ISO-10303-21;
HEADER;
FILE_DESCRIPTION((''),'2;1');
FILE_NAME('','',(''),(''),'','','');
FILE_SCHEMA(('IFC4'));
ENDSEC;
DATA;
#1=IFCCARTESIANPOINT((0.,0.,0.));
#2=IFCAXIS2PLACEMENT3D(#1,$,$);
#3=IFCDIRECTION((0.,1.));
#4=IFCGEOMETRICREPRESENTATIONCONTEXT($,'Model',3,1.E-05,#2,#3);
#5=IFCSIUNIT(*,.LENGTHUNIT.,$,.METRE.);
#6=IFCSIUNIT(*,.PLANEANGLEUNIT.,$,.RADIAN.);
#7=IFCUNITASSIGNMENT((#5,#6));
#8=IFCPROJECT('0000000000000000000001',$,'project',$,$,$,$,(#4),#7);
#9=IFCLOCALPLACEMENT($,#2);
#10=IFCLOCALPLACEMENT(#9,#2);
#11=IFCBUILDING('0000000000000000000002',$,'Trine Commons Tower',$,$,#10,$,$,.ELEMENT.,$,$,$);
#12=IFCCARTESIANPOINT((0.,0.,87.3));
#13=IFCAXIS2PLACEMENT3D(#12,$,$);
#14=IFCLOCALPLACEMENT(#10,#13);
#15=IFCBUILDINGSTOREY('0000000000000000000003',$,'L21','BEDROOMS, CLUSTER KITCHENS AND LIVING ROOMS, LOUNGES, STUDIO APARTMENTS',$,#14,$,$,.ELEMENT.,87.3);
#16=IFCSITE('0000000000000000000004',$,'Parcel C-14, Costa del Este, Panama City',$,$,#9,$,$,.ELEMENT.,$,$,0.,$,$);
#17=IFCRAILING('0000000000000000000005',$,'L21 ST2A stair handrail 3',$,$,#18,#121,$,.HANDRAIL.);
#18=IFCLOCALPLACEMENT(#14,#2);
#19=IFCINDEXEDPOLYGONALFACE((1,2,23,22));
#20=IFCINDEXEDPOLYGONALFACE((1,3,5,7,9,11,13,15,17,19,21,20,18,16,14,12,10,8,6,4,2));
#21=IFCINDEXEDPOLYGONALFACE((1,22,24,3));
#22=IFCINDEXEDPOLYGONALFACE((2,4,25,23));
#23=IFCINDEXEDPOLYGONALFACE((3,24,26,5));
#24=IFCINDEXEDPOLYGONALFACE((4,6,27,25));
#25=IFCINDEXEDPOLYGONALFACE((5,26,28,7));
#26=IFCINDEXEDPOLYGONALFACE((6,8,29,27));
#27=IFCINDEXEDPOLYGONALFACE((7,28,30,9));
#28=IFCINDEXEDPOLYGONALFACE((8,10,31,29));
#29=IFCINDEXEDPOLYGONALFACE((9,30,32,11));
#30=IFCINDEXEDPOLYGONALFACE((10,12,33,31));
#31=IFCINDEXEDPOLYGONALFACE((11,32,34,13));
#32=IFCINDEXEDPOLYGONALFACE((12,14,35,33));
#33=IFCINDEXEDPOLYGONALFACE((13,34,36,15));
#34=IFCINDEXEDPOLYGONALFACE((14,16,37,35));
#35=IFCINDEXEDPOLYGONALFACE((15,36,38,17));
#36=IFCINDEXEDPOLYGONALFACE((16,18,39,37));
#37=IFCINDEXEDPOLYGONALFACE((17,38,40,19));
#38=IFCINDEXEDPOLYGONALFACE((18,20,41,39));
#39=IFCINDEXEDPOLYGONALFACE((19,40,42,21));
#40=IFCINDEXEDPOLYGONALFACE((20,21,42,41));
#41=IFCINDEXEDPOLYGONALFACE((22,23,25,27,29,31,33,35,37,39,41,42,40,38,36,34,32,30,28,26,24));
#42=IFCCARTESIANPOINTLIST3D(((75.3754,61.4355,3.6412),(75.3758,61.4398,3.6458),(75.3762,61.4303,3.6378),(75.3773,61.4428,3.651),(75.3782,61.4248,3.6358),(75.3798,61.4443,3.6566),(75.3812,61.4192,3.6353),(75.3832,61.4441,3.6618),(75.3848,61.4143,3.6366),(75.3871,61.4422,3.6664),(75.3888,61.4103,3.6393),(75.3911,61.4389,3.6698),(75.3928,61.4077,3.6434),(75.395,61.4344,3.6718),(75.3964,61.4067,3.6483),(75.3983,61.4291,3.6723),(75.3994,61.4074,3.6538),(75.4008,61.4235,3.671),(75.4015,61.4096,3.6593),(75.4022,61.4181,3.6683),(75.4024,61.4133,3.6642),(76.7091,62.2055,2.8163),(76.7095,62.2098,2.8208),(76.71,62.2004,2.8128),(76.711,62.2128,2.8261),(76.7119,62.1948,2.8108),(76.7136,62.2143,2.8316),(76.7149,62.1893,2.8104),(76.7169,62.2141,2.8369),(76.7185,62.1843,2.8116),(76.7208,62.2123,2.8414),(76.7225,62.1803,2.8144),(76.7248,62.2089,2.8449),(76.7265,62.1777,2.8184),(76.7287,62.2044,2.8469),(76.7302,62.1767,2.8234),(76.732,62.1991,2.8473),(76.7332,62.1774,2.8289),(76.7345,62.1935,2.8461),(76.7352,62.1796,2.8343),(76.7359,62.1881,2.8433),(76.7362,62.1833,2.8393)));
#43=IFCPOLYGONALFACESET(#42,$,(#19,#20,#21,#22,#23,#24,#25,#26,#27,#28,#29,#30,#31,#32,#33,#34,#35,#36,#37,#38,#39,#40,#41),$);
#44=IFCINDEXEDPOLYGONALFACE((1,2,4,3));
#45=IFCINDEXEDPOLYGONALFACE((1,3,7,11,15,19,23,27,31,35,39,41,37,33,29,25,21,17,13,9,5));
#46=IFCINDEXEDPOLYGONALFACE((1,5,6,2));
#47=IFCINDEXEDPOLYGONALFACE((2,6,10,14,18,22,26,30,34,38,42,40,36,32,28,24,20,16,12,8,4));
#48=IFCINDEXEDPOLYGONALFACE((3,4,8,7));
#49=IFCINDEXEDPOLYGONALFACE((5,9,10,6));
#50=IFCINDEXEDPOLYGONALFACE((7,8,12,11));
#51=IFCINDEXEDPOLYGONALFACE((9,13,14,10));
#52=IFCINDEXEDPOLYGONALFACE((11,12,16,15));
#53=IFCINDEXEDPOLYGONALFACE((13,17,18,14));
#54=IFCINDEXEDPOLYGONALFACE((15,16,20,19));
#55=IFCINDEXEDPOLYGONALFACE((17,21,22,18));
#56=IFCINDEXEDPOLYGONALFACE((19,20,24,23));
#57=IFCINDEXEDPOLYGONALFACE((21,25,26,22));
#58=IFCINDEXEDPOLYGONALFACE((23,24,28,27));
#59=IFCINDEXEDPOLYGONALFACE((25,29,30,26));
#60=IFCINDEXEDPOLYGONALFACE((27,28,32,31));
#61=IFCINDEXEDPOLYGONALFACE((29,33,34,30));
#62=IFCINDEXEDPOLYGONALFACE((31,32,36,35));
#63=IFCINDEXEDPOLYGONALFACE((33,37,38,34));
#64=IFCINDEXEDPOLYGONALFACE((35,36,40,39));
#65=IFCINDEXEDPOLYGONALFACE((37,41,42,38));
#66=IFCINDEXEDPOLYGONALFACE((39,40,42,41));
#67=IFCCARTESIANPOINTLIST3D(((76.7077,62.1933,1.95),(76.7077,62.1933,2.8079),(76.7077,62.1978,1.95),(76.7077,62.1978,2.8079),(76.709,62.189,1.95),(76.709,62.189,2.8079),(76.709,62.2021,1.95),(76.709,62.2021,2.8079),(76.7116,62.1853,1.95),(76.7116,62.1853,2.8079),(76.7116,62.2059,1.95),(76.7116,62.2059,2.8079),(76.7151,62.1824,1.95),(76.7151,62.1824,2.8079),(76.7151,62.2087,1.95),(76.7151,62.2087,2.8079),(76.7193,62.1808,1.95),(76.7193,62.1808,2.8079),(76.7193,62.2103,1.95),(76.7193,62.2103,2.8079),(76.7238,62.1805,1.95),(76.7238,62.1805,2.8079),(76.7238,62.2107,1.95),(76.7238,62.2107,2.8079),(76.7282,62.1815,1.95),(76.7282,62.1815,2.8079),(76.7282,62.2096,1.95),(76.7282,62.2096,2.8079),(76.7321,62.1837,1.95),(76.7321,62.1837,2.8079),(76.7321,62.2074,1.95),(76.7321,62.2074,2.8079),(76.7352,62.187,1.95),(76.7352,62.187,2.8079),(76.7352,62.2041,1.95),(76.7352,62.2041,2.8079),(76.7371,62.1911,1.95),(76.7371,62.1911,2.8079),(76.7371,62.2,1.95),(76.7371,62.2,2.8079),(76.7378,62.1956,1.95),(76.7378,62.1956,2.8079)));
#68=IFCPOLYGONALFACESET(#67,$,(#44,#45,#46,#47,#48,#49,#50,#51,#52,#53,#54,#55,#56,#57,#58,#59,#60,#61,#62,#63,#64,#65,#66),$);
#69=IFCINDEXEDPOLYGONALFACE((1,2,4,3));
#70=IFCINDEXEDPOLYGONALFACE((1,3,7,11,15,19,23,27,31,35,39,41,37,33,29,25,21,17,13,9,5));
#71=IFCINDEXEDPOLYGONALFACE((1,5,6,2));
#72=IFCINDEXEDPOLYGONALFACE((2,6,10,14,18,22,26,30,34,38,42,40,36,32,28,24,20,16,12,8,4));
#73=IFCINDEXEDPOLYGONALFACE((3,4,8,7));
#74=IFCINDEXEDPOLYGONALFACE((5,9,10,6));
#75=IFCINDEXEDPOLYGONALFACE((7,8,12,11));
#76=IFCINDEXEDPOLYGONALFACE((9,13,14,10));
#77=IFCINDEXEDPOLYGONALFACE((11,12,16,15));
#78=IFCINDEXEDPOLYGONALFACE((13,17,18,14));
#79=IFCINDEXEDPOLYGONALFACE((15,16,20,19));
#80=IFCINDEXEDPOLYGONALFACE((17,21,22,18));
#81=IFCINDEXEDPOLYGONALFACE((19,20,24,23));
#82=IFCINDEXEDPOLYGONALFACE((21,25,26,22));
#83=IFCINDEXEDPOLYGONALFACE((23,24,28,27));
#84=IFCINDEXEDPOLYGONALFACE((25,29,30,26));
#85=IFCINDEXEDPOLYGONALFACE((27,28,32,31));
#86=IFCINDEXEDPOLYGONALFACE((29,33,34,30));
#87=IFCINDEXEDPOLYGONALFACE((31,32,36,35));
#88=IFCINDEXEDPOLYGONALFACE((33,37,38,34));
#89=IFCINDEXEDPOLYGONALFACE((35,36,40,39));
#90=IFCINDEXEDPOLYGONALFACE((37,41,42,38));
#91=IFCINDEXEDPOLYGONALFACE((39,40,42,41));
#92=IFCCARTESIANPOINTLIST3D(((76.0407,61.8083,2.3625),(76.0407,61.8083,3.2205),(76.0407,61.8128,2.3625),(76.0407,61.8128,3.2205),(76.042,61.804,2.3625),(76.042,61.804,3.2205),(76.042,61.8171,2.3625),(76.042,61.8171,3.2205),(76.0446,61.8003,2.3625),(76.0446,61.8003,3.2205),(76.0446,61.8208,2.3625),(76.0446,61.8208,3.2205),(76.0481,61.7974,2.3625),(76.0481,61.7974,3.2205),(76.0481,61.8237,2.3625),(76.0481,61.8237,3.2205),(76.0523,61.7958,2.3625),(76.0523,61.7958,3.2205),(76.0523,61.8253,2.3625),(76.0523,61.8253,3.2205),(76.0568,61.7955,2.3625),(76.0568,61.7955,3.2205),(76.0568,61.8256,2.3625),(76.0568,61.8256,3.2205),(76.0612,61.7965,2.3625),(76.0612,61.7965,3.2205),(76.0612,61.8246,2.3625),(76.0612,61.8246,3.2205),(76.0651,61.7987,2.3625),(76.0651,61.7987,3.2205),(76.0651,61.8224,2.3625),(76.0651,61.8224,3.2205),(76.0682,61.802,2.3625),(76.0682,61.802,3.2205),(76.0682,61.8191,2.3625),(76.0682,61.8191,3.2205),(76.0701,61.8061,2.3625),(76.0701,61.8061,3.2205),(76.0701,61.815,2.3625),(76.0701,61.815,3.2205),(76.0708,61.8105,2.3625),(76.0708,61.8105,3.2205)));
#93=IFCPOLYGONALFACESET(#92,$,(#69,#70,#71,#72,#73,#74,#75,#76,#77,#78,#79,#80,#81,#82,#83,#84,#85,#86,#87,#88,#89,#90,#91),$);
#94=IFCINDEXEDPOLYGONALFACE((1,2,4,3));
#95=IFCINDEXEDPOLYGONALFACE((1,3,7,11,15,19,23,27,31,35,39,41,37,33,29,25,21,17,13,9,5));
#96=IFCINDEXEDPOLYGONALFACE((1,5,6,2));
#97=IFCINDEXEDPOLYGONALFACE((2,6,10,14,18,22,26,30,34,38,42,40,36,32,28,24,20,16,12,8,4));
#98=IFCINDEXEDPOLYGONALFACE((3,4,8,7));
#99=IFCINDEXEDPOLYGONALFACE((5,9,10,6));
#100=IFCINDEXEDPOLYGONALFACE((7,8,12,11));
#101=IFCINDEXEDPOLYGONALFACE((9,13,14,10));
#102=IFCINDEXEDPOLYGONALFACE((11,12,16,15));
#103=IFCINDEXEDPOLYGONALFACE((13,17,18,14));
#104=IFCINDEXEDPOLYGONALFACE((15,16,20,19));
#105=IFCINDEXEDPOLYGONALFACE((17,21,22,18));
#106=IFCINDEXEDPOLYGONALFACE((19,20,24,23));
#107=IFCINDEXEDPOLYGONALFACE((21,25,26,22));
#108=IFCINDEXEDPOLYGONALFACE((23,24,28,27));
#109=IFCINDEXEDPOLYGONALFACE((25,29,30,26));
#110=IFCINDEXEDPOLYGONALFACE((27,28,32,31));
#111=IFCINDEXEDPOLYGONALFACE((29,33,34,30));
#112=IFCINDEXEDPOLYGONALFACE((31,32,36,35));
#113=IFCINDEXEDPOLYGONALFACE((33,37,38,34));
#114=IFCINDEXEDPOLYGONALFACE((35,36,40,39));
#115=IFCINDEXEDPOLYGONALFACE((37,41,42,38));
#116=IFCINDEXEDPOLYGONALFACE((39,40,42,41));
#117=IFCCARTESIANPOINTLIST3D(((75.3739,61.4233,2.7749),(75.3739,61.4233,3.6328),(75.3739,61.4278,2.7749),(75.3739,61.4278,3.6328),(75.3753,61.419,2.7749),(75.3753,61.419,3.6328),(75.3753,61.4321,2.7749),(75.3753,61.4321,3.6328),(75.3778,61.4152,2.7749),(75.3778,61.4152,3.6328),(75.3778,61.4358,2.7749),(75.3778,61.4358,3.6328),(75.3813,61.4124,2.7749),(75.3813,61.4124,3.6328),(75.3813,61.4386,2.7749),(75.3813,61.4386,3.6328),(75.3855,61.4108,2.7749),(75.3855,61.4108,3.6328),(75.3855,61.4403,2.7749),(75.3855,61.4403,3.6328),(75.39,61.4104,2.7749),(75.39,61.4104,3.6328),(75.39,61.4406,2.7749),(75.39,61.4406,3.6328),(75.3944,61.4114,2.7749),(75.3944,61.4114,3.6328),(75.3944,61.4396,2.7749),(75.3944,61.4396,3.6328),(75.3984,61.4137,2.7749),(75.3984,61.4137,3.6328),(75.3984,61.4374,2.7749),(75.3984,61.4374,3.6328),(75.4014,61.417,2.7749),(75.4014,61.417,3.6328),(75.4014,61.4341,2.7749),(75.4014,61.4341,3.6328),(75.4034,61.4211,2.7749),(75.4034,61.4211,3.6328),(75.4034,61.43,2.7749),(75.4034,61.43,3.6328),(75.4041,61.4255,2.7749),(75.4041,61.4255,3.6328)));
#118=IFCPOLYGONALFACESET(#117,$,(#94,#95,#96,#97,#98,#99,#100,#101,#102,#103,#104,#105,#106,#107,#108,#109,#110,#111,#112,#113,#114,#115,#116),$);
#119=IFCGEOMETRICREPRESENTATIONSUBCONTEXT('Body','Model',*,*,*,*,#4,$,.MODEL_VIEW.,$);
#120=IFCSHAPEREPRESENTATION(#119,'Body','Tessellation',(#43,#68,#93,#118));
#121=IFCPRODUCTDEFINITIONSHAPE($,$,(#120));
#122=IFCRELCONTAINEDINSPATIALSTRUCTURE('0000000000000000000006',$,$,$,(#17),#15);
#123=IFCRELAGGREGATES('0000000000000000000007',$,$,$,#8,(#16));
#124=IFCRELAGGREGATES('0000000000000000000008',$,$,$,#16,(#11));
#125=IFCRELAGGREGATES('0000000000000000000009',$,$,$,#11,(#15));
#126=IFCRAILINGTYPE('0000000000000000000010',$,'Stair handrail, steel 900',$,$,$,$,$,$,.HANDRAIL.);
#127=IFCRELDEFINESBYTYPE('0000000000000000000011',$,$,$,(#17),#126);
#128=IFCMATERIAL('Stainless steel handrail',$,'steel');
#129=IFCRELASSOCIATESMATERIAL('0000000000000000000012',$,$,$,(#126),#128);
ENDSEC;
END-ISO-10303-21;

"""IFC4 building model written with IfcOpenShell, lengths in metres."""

from ifc_helpers import new_model, si_unit, direction, frame, origin, origin_2d, place, context, subcontext, project, spatial, circle, extrude, material, type_object, element, save


model = new_model("IFC4")

# Units and contexts
model_context = context("Model", 3, precision=1e-05, world=origin(), true_north=direction((0.0, 1.0)))
body_context = subcontext(model_context, "Body", "Model", "MODEL_VIEW")
ifc_project = project(units=[si_unit("LENGTHUNIT", "METRE"), si_unit("PLANEANGLEUNIT", "RADIAN")], contexts=[model_context])

# Site, building, storey
site_placement = place(None, origin())
site = spatial("IfcSite", under=ifc_project, at=site_placement, Name="Parcel C-14, Costa del Este, Panama City", CompositionType="ELEMENT", RefElevation=0.0)
building_placement = place(site_placement, origin())
building = spatial("IfcBuilding", under=site, at=building_placement, Name="Trine Commons Tower", CompositionType="ELEMENT")
storey_placement = place(building_placement, frame((0.0, 0.0, 87.3)))
storey = spatial("IfcBuildingStorey", under=building, at=storey_placement, Name="L21", Description="BEDROOMS, CLUSTER KITCHENS AND LIVING ROOMS, LOUNGES, STUDIO APARTMENTS", CompositionType="ELEMENT", Elevation=87.3)

# Railing
ifc_material_1 = material(Name="Stainless steel handrail", Category="steel")
railing_type_1 = type_object("IfcRailingType", Name="Stair handrail, steel 900", PredefinedType="HANDRAIL", material=ifc_material_1)
railing_1_placement = place(storey_placement, frame((76.7227, 62.1956, 1.95)))
element("IfcRailing", 1, at=railing_1_placement, inside=storey, type_object=railing_type_1, Name="L21 ST2A stair handrail 3", PredefinedType="HANDRAIL", context=body_context, shape_type="SweptSolid", body=[
    extrude(circle(Radius=0.021, at=origin_2d()), frame((0.0, 0.0, 0.8789), z_axis=(-0.763405, -0.440743, 0.472185), x_axis=(0.499992, -0.86603, 0.0)), (0.0, 0.0, 1.0), 1.7471),
    extrude(circle(Radius=0.0151, at=origin_2d()), origin(), (0.0, 0.0, 1.0), 0.8579),
    extrude(circle(Radius=0.0151, at=origin_2d()), frame((-0.667, -0.385, 0.4126)), (0.0, 0.0, 1.0), 0.8579),
    extrude(circle(Radius=0.0151, at=origin_2d()), frame((-1.3337, -0.77, 0.825)), (0.0, 0.0, 1.0), 0.8579),
])

save(model, "model.ifc")
